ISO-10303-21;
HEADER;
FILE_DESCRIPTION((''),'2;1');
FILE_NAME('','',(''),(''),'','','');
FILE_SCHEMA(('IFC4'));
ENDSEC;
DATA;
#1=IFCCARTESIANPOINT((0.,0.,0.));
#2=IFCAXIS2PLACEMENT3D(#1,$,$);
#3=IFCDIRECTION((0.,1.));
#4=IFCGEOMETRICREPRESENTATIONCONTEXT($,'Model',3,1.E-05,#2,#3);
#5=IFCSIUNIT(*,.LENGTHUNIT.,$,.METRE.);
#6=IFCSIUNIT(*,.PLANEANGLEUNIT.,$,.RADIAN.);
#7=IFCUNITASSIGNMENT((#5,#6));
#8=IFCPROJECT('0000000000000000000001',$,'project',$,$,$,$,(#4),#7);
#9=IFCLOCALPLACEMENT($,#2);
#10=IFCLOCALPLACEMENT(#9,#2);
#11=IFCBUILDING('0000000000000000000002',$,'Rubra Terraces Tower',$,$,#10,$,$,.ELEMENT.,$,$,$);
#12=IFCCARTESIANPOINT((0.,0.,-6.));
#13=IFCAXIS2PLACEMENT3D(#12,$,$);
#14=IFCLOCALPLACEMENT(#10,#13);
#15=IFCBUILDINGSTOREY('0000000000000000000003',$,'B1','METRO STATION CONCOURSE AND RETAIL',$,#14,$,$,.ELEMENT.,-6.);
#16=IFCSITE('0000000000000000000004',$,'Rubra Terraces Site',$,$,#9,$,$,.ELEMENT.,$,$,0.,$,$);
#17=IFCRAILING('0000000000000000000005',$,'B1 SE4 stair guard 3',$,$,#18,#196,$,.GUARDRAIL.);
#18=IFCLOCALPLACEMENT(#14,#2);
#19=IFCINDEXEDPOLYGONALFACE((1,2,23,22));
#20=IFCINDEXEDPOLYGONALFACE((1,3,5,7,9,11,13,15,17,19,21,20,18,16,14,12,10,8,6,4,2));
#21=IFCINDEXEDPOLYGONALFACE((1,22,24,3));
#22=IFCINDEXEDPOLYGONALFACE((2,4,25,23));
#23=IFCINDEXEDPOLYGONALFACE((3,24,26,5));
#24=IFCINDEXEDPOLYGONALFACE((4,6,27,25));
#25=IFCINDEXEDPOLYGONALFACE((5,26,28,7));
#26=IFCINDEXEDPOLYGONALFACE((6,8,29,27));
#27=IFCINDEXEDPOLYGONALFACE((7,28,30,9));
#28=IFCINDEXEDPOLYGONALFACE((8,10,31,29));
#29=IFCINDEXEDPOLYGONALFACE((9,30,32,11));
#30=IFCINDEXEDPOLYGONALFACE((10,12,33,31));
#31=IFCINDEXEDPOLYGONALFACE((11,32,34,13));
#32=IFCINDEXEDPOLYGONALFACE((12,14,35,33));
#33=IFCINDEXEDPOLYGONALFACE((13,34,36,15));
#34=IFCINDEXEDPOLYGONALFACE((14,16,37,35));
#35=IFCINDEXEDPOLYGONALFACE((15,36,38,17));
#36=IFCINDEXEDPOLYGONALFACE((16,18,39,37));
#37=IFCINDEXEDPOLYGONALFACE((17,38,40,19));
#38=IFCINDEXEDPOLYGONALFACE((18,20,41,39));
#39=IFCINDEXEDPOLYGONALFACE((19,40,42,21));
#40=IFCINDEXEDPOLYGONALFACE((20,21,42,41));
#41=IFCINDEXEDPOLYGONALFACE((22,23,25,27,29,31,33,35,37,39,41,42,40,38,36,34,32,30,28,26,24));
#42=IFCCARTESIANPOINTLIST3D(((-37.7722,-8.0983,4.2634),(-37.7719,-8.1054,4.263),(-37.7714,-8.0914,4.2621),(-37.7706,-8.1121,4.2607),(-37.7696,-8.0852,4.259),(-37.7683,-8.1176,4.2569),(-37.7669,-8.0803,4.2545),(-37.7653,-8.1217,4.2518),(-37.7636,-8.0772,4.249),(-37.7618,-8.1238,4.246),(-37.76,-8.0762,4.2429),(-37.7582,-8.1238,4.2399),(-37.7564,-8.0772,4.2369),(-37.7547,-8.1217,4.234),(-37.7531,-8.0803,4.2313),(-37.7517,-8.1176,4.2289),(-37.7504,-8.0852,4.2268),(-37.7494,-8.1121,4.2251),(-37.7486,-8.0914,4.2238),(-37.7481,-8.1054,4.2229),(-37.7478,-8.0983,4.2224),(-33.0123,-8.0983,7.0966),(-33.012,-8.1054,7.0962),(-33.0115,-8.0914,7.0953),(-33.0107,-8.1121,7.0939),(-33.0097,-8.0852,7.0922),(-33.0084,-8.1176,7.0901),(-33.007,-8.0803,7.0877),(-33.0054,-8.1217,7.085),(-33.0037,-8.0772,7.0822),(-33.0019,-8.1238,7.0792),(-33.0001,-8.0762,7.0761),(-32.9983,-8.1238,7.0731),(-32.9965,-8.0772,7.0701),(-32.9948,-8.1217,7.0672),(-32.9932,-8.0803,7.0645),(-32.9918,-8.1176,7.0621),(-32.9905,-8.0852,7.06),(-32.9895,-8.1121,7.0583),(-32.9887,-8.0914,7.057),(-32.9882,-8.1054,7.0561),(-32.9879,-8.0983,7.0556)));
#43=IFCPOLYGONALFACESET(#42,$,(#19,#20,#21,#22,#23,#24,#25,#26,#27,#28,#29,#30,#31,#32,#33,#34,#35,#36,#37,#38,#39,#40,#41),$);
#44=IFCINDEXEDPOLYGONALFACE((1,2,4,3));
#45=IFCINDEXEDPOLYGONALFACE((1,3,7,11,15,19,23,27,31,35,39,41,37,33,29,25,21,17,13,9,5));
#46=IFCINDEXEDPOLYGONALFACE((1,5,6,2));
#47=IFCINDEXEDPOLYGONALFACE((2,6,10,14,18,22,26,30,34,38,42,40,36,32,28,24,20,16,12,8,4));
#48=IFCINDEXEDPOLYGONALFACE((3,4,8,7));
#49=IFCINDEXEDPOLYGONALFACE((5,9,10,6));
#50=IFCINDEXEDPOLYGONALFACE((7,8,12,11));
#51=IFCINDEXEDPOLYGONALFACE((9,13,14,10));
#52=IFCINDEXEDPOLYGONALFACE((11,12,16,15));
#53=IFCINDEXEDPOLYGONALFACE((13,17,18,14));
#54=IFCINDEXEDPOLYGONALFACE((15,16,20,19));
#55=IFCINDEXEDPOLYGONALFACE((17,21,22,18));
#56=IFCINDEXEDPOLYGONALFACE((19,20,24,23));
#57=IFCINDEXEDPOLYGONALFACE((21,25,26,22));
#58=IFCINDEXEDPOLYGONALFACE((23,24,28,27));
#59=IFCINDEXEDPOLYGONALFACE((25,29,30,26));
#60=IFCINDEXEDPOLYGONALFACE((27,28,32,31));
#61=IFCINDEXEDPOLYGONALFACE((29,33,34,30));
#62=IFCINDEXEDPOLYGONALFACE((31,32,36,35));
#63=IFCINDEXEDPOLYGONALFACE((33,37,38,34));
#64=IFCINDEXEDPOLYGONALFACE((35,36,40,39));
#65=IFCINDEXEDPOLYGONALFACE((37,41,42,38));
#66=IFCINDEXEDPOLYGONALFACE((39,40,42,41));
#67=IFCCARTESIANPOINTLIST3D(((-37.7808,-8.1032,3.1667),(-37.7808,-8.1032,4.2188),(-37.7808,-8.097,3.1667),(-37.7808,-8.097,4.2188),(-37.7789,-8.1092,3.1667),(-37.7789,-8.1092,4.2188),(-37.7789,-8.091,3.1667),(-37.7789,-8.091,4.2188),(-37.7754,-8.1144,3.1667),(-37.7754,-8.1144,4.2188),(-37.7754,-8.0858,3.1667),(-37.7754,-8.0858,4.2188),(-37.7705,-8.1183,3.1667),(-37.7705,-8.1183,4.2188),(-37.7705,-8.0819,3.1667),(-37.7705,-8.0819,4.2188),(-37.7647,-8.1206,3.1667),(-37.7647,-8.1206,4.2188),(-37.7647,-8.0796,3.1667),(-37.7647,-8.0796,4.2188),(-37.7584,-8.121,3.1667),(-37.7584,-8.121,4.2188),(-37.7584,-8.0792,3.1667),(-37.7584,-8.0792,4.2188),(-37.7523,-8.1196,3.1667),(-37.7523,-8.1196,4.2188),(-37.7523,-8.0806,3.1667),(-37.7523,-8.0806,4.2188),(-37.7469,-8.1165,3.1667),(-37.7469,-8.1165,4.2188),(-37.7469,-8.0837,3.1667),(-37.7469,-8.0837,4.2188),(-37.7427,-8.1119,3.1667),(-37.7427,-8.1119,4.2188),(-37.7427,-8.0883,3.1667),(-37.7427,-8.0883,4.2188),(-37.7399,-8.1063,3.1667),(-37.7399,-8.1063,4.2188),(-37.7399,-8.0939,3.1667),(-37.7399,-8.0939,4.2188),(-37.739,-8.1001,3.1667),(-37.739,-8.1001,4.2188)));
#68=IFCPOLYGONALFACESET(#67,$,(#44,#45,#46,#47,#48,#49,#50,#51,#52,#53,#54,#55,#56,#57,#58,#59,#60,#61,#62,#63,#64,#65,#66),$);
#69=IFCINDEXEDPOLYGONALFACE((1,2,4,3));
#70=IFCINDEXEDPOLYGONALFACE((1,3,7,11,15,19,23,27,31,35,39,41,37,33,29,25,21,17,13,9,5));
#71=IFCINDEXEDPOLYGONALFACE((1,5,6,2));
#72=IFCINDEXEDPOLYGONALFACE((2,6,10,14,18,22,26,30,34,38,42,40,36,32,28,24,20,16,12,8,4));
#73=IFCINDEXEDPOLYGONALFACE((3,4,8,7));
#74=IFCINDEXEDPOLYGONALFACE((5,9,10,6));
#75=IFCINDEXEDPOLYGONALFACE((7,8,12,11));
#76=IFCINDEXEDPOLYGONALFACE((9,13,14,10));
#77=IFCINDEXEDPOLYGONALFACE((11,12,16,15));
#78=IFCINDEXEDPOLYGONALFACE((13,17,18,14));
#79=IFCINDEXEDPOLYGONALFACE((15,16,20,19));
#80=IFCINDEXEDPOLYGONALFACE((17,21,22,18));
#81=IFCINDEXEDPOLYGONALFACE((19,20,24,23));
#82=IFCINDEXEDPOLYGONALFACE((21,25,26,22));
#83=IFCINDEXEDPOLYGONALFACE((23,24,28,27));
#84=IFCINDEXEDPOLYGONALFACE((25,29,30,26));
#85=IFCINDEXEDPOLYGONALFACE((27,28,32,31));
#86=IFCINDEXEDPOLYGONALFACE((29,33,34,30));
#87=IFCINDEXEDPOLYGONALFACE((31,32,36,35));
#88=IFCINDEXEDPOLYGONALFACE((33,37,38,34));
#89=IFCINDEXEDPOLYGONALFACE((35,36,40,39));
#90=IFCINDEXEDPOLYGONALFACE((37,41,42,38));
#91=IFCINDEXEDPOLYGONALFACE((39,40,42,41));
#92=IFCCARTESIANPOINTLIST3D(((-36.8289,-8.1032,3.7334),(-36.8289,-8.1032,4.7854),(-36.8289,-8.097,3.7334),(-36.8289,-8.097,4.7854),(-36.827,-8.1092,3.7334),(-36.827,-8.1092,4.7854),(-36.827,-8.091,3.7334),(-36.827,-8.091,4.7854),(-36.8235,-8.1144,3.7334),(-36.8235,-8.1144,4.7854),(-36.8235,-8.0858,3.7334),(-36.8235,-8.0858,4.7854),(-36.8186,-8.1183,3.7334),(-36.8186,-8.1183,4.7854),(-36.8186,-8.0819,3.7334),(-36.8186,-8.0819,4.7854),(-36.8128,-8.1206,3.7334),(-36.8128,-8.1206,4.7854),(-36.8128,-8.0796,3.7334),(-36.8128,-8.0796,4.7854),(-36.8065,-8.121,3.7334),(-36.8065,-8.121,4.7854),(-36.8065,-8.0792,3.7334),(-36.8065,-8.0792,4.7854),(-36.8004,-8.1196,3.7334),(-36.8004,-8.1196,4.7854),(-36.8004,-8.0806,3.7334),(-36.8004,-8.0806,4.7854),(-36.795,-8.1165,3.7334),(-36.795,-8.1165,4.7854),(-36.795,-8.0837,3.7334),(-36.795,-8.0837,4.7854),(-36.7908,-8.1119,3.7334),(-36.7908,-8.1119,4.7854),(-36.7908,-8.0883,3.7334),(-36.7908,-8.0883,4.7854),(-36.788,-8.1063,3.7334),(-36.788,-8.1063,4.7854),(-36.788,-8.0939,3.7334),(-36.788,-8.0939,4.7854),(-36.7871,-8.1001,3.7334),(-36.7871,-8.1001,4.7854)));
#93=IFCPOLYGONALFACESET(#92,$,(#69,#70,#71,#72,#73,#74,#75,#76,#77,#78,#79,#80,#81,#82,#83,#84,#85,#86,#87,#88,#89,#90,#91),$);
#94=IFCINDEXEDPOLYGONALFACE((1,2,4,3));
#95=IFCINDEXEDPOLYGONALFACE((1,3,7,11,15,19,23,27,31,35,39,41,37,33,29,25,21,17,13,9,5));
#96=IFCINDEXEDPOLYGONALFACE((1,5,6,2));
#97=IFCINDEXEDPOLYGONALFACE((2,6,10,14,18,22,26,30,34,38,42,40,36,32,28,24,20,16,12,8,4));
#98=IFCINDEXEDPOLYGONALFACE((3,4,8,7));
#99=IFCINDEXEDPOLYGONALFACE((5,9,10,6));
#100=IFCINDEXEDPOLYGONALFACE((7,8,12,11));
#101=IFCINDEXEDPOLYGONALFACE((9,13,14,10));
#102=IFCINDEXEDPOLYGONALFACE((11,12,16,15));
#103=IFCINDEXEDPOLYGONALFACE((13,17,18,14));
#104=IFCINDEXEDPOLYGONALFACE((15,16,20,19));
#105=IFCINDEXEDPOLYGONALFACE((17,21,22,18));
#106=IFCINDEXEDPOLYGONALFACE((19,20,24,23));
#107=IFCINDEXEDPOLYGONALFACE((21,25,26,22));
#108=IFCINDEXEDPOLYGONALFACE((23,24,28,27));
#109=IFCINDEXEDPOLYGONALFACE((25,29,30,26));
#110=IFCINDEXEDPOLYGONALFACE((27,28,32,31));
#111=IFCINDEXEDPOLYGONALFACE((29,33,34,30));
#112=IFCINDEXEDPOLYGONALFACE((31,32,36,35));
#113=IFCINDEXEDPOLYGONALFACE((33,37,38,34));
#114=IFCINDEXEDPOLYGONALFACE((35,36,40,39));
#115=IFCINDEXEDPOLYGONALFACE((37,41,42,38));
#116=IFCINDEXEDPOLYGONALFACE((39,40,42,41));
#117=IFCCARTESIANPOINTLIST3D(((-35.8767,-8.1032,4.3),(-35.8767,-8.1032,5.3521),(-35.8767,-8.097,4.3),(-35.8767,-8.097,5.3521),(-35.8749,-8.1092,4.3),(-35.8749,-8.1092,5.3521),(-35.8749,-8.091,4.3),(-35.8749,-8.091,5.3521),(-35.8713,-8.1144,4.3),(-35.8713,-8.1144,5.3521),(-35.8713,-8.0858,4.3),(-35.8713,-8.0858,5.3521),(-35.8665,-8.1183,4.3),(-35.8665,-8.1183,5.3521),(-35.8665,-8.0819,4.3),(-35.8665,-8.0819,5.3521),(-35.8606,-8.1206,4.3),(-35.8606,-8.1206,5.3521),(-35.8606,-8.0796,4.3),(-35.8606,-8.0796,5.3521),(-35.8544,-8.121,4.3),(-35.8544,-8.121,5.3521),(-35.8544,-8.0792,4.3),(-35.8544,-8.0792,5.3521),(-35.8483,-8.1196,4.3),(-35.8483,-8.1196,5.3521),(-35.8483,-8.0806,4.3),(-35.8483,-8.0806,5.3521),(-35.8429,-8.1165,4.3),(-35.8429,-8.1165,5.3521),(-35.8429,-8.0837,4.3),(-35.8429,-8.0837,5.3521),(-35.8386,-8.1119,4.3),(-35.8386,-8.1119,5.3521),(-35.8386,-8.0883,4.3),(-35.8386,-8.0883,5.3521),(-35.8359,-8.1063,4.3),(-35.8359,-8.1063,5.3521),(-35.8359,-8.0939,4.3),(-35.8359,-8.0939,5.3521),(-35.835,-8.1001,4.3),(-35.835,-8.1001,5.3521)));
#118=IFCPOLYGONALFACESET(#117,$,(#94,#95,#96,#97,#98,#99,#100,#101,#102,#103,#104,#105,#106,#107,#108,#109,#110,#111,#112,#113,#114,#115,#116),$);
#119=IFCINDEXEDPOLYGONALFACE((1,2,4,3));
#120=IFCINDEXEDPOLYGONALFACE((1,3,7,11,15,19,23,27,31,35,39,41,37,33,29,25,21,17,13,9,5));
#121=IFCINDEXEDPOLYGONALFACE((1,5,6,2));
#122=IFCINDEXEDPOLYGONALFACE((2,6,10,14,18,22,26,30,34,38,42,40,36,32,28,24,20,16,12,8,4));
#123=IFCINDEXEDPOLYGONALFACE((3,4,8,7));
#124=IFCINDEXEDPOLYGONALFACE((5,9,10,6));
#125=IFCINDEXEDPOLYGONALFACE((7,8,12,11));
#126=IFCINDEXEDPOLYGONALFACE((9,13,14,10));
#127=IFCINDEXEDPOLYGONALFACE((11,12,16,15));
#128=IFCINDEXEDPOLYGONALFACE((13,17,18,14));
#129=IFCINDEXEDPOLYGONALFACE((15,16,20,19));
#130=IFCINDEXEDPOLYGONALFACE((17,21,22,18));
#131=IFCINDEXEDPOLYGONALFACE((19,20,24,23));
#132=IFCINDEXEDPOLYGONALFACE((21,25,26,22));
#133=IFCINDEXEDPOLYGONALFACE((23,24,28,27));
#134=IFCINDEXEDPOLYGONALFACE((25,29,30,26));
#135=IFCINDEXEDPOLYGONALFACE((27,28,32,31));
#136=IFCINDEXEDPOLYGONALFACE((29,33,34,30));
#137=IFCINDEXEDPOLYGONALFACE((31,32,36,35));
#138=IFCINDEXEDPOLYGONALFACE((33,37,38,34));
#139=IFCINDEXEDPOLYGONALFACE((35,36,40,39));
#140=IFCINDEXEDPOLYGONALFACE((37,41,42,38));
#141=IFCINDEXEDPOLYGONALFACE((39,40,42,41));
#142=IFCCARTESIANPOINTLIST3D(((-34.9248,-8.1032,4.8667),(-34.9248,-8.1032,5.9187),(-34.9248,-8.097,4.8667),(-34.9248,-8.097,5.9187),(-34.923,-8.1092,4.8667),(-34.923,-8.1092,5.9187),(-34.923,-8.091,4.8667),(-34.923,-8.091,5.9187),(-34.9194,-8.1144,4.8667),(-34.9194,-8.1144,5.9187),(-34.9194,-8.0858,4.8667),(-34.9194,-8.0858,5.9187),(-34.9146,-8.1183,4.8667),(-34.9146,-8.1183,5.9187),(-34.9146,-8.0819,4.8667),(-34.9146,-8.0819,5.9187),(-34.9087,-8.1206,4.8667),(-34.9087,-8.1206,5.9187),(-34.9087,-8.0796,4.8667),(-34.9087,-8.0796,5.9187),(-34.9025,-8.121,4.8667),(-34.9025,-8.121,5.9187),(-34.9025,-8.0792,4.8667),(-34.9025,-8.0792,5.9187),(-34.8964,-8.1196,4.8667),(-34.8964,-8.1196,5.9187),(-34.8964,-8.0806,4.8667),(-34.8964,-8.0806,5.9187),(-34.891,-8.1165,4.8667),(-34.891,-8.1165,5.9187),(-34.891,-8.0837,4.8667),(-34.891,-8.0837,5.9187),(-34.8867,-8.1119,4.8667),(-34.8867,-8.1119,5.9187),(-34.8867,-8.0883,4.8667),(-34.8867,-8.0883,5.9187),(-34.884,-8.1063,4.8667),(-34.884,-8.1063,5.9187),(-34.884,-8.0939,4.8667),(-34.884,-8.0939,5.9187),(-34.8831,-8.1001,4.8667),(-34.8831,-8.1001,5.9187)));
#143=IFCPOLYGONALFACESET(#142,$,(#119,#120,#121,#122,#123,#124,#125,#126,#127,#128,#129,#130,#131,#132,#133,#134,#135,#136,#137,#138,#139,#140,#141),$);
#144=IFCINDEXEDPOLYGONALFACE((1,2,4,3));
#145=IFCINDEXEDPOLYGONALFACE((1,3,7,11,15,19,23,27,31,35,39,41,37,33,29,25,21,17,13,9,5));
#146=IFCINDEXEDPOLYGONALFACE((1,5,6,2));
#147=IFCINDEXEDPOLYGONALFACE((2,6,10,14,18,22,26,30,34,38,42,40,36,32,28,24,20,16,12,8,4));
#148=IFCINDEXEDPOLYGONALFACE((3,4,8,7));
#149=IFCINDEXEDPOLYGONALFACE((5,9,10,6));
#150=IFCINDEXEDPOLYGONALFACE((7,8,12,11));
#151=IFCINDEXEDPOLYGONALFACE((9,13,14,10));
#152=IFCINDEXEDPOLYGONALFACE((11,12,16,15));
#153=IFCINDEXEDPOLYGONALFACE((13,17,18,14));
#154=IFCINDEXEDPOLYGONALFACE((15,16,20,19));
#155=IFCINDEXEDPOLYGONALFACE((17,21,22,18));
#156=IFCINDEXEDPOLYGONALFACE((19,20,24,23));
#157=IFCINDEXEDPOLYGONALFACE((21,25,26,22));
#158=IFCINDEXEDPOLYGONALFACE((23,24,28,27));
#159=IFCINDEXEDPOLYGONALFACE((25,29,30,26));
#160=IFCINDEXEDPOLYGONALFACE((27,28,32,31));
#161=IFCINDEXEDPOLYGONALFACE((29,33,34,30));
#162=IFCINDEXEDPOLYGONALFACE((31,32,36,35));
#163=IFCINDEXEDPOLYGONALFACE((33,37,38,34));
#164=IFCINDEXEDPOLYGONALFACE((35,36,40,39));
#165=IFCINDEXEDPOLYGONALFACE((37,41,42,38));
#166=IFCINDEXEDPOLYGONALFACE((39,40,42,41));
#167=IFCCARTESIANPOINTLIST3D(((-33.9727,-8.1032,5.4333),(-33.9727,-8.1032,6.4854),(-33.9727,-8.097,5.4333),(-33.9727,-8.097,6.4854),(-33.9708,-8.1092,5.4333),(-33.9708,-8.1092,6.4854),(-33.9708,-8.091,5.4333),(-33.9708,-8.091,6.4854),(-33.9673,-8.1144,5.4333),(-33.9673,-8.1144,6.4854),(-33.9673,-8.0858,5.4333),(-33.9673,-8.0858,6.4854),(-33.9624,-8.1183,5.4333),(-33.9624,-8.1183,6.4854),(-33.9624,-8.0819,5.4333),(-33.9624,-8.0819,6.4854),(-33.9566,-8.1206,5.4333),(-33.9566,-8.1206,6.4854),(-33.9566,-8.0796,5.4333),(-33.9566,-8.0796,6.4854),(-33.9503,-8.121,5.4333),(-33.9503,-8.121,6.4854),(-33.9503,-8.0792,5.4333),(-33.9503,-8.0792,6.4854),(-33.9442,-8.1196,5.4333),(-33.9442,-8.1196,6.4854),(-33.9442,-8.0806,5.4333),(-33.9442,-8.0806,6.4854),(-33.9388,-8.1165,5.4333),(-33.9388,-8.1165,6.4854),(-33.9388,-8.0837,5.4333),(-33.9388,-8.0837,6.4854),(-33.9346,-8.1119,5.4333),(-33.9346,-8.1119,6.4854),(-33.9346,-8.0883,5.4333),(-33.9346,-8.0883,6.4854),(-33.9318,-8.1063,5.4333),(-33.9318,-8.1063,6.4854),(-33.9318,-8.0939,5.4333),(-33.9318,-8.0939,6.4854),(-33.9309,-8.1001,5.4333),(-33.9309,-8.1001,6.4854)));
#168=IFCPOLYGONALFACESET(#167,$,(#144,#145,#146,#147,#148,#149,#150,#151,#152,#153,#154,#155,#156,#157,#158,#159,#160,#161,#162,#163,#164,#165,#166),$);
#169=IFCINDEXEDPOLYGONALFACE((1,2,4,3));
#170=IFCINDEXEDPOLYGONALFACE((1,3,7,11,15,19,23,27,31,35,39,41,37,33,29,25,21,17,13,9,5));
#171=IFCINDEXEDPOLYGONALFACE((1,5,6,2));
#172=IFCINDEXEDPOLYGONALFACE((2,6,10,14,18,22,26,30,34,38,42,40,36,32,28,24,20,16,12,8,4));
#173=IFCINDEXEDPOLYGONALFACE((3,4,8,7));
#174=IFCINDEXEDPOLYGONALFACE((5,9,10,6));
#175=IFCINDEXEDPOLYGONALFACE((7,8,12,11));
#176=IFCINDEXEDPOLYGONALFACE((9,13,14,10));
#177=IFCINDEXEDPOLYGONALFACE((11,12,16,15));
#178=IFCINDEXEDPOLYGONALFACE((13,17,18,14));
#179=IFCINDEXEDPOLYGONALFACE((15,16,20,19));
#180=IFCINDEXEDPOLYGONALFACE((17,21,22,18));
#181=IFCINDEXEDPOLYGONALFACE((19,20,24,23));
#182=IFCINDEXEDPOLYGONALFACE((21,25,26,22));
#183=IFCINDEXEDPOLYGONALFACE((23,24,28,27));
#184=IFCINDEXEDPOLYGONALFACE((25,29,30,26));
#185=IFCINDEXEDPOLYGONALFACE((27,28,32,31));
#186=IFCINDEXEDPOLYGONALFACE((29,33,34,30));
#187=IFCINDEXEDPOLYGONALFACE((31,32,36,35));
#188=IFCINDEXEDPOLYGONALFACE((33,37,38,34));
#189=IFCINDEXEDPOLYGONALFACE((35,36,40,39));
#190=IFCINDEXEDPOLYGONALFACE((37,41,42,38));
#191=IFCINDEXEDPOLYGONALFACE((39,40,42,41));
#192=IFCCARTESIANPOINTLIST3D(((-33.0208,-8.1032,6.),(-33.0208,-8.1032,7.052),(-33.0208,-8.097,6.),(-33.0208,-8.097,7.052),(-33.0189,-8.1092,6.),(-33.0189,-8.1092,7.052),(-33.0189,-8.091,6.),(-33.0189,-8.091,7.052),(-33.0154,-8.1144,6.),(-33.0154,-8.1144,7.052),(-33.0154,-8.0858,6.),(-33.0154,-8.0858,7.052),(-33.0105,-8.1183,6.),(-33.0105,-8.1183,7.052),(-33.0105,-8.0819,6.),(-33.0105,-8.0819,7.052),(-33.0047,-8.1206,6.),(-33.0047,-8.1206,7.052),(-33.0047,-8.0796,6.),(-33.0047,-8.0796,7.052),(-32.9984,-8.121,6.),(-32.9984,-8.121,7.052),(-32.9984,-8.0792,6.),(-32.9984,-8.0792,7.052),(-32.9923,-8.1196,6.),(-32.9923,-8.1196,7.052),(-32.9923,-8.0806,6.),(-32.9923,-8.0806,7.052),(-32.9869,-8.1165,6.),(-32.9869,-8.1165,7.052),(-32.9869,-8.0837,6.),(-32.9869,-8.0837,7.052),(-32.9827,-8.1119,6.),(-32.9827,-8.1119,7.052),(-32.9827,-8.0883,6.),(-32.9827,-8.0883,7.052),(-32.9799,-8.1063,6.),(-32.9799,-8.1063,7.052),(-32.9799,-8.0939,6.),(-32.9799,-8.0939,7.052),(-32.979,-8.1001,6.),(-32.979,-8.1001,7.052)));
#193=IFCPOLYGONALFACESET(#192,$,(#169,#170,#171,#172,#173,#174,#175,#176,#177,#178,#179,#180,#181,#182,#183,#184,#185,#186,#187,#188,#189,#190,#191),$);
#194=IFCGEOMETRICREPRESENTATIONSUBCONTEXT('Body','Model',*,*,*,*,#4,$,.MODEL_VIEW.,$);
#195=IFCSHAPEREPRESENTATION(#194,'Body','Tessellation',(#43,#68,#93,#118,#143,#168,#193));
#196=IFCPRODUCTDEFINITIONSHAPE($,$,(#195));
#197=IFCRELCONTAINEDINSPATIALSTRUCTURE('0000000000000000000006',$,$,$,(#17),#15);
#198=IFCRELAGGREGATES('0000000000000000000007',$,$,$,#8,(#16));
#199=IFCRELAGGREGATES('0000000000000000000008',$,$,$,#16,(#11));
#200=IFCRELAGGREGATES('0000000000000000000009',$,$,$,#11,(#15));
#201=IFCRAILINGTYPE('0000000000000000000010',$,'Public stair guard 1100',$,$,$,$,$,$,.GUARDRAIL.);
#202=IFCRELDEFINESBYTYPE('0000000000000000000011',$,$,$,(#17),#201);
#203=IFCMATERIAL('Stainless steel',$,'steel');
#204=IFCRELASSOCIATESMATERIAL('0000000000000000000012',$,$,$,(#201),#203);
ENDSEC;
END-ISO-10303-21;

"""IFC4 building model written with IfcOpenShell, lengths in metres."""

from ifc_helpers import new_model, si_unit, direction, frame, origin, origin_2d, place, context, subcontext, project, spatial, circle, extrude, material, type_object, element, save


model = new_model("IFC4")

# Units and contexts
model_context = context("Model", 3, precision=1e-05, world=origin(), true_north=direction((0.0, 1.0)))
body_context = subcontext(model_context, "Body", "Model", "MODEL_VIEW")
ifc_project = project(units=[si_unit("LENGTHUNIT", "METRE"), si_unit("PLANEANGLEUNIT", "RADIAN")], contexts=[model_context])

# Site, building, storey
site_placement = place(None, origin())
site = spatial("IfcSite", under=ifc_project, at=site_placement, Name="Rubra Terraces Site", CompositionType="ELEMENT", RefElevation=0.0)
building_placement = place(site_placement, origin())
building = spatial("IfcBuilding", under=site, at=building_placement, Name="Rubra Terraces Tower", CompositionType="ELEMENT")
storey_placement = place(building_placement, frame((0.0, 0.0, -6.0)))
storey = spatial("IfcBuildingStorey", under=building, at=storey_placement, Name="B1", Description="METRO STATION CONCOURSE AND RETAIL", CompositionType="ELEMENT", Elevation=-6.0)

# Shared definitions
ifc_material_1 = material(Name="Stainless steel", Category="steel")

# Railing
railing_type_1 = type_object("IfcRailingType", Name="Public stair guard 1100", PredefinedType="GUARDRAIL", material=ifc_material_1)
railing_1_placement = place(storey_placement, frame((-37.76, -8.1001, 3.1667)))
element("IfcRailing", 1, at=railing_1_placement, inside=storey, type_object=railing_type_1, Name="B1 SE4 stair guard 3", PredefinedType="GUARDRAIL", context=body_context, shape_type="SweptSolid", body=[
    extrude(circle(Radius=0.0239, at=origin_2d()), frame((0.0, 0.0, 1.0762), z_axis=(0.8593, 0.0, 0.511472), x_axis=(0.0, 1.0, 0.0)), (0.0, 0.0, 1.0), 5.5393),
    extrude(circle(Radius=0.021, at=origin_2d()), origin(), (0.0, 0.0, 1.0), 1.052),
    extrude(circle(Radius=0.021, at=origin_2d()), frame((0.9519, 0.0, 0.5667)), (0.0, 0.0, 1.0), 1.052),
    extrude(circle(Radius=0.021, at=origin_2d()), frame((1.9041, 0.0, 1.1333)), (0.0, 0.0, 1.0), 1.052),
    extrude(circle(Radius=0.021, at=origin_2d()), frame((2.856, 0.0, 1.7)), (0.0, 0.0, 1.0), 1.052),
    extrude(circle(Radius=0.021, at=origin_2d()), frame((3.8081, 0.0, 2.2666)), (0.0, 0.0, 1.0), 1.052),
    extrude(circle(Radius=0.021, at=origin_2d()), frame((4.76, 0.0, 2.8333)), (0.0, 0.0, 1.0), 1.052),
])

save(model, "model.ifc")
